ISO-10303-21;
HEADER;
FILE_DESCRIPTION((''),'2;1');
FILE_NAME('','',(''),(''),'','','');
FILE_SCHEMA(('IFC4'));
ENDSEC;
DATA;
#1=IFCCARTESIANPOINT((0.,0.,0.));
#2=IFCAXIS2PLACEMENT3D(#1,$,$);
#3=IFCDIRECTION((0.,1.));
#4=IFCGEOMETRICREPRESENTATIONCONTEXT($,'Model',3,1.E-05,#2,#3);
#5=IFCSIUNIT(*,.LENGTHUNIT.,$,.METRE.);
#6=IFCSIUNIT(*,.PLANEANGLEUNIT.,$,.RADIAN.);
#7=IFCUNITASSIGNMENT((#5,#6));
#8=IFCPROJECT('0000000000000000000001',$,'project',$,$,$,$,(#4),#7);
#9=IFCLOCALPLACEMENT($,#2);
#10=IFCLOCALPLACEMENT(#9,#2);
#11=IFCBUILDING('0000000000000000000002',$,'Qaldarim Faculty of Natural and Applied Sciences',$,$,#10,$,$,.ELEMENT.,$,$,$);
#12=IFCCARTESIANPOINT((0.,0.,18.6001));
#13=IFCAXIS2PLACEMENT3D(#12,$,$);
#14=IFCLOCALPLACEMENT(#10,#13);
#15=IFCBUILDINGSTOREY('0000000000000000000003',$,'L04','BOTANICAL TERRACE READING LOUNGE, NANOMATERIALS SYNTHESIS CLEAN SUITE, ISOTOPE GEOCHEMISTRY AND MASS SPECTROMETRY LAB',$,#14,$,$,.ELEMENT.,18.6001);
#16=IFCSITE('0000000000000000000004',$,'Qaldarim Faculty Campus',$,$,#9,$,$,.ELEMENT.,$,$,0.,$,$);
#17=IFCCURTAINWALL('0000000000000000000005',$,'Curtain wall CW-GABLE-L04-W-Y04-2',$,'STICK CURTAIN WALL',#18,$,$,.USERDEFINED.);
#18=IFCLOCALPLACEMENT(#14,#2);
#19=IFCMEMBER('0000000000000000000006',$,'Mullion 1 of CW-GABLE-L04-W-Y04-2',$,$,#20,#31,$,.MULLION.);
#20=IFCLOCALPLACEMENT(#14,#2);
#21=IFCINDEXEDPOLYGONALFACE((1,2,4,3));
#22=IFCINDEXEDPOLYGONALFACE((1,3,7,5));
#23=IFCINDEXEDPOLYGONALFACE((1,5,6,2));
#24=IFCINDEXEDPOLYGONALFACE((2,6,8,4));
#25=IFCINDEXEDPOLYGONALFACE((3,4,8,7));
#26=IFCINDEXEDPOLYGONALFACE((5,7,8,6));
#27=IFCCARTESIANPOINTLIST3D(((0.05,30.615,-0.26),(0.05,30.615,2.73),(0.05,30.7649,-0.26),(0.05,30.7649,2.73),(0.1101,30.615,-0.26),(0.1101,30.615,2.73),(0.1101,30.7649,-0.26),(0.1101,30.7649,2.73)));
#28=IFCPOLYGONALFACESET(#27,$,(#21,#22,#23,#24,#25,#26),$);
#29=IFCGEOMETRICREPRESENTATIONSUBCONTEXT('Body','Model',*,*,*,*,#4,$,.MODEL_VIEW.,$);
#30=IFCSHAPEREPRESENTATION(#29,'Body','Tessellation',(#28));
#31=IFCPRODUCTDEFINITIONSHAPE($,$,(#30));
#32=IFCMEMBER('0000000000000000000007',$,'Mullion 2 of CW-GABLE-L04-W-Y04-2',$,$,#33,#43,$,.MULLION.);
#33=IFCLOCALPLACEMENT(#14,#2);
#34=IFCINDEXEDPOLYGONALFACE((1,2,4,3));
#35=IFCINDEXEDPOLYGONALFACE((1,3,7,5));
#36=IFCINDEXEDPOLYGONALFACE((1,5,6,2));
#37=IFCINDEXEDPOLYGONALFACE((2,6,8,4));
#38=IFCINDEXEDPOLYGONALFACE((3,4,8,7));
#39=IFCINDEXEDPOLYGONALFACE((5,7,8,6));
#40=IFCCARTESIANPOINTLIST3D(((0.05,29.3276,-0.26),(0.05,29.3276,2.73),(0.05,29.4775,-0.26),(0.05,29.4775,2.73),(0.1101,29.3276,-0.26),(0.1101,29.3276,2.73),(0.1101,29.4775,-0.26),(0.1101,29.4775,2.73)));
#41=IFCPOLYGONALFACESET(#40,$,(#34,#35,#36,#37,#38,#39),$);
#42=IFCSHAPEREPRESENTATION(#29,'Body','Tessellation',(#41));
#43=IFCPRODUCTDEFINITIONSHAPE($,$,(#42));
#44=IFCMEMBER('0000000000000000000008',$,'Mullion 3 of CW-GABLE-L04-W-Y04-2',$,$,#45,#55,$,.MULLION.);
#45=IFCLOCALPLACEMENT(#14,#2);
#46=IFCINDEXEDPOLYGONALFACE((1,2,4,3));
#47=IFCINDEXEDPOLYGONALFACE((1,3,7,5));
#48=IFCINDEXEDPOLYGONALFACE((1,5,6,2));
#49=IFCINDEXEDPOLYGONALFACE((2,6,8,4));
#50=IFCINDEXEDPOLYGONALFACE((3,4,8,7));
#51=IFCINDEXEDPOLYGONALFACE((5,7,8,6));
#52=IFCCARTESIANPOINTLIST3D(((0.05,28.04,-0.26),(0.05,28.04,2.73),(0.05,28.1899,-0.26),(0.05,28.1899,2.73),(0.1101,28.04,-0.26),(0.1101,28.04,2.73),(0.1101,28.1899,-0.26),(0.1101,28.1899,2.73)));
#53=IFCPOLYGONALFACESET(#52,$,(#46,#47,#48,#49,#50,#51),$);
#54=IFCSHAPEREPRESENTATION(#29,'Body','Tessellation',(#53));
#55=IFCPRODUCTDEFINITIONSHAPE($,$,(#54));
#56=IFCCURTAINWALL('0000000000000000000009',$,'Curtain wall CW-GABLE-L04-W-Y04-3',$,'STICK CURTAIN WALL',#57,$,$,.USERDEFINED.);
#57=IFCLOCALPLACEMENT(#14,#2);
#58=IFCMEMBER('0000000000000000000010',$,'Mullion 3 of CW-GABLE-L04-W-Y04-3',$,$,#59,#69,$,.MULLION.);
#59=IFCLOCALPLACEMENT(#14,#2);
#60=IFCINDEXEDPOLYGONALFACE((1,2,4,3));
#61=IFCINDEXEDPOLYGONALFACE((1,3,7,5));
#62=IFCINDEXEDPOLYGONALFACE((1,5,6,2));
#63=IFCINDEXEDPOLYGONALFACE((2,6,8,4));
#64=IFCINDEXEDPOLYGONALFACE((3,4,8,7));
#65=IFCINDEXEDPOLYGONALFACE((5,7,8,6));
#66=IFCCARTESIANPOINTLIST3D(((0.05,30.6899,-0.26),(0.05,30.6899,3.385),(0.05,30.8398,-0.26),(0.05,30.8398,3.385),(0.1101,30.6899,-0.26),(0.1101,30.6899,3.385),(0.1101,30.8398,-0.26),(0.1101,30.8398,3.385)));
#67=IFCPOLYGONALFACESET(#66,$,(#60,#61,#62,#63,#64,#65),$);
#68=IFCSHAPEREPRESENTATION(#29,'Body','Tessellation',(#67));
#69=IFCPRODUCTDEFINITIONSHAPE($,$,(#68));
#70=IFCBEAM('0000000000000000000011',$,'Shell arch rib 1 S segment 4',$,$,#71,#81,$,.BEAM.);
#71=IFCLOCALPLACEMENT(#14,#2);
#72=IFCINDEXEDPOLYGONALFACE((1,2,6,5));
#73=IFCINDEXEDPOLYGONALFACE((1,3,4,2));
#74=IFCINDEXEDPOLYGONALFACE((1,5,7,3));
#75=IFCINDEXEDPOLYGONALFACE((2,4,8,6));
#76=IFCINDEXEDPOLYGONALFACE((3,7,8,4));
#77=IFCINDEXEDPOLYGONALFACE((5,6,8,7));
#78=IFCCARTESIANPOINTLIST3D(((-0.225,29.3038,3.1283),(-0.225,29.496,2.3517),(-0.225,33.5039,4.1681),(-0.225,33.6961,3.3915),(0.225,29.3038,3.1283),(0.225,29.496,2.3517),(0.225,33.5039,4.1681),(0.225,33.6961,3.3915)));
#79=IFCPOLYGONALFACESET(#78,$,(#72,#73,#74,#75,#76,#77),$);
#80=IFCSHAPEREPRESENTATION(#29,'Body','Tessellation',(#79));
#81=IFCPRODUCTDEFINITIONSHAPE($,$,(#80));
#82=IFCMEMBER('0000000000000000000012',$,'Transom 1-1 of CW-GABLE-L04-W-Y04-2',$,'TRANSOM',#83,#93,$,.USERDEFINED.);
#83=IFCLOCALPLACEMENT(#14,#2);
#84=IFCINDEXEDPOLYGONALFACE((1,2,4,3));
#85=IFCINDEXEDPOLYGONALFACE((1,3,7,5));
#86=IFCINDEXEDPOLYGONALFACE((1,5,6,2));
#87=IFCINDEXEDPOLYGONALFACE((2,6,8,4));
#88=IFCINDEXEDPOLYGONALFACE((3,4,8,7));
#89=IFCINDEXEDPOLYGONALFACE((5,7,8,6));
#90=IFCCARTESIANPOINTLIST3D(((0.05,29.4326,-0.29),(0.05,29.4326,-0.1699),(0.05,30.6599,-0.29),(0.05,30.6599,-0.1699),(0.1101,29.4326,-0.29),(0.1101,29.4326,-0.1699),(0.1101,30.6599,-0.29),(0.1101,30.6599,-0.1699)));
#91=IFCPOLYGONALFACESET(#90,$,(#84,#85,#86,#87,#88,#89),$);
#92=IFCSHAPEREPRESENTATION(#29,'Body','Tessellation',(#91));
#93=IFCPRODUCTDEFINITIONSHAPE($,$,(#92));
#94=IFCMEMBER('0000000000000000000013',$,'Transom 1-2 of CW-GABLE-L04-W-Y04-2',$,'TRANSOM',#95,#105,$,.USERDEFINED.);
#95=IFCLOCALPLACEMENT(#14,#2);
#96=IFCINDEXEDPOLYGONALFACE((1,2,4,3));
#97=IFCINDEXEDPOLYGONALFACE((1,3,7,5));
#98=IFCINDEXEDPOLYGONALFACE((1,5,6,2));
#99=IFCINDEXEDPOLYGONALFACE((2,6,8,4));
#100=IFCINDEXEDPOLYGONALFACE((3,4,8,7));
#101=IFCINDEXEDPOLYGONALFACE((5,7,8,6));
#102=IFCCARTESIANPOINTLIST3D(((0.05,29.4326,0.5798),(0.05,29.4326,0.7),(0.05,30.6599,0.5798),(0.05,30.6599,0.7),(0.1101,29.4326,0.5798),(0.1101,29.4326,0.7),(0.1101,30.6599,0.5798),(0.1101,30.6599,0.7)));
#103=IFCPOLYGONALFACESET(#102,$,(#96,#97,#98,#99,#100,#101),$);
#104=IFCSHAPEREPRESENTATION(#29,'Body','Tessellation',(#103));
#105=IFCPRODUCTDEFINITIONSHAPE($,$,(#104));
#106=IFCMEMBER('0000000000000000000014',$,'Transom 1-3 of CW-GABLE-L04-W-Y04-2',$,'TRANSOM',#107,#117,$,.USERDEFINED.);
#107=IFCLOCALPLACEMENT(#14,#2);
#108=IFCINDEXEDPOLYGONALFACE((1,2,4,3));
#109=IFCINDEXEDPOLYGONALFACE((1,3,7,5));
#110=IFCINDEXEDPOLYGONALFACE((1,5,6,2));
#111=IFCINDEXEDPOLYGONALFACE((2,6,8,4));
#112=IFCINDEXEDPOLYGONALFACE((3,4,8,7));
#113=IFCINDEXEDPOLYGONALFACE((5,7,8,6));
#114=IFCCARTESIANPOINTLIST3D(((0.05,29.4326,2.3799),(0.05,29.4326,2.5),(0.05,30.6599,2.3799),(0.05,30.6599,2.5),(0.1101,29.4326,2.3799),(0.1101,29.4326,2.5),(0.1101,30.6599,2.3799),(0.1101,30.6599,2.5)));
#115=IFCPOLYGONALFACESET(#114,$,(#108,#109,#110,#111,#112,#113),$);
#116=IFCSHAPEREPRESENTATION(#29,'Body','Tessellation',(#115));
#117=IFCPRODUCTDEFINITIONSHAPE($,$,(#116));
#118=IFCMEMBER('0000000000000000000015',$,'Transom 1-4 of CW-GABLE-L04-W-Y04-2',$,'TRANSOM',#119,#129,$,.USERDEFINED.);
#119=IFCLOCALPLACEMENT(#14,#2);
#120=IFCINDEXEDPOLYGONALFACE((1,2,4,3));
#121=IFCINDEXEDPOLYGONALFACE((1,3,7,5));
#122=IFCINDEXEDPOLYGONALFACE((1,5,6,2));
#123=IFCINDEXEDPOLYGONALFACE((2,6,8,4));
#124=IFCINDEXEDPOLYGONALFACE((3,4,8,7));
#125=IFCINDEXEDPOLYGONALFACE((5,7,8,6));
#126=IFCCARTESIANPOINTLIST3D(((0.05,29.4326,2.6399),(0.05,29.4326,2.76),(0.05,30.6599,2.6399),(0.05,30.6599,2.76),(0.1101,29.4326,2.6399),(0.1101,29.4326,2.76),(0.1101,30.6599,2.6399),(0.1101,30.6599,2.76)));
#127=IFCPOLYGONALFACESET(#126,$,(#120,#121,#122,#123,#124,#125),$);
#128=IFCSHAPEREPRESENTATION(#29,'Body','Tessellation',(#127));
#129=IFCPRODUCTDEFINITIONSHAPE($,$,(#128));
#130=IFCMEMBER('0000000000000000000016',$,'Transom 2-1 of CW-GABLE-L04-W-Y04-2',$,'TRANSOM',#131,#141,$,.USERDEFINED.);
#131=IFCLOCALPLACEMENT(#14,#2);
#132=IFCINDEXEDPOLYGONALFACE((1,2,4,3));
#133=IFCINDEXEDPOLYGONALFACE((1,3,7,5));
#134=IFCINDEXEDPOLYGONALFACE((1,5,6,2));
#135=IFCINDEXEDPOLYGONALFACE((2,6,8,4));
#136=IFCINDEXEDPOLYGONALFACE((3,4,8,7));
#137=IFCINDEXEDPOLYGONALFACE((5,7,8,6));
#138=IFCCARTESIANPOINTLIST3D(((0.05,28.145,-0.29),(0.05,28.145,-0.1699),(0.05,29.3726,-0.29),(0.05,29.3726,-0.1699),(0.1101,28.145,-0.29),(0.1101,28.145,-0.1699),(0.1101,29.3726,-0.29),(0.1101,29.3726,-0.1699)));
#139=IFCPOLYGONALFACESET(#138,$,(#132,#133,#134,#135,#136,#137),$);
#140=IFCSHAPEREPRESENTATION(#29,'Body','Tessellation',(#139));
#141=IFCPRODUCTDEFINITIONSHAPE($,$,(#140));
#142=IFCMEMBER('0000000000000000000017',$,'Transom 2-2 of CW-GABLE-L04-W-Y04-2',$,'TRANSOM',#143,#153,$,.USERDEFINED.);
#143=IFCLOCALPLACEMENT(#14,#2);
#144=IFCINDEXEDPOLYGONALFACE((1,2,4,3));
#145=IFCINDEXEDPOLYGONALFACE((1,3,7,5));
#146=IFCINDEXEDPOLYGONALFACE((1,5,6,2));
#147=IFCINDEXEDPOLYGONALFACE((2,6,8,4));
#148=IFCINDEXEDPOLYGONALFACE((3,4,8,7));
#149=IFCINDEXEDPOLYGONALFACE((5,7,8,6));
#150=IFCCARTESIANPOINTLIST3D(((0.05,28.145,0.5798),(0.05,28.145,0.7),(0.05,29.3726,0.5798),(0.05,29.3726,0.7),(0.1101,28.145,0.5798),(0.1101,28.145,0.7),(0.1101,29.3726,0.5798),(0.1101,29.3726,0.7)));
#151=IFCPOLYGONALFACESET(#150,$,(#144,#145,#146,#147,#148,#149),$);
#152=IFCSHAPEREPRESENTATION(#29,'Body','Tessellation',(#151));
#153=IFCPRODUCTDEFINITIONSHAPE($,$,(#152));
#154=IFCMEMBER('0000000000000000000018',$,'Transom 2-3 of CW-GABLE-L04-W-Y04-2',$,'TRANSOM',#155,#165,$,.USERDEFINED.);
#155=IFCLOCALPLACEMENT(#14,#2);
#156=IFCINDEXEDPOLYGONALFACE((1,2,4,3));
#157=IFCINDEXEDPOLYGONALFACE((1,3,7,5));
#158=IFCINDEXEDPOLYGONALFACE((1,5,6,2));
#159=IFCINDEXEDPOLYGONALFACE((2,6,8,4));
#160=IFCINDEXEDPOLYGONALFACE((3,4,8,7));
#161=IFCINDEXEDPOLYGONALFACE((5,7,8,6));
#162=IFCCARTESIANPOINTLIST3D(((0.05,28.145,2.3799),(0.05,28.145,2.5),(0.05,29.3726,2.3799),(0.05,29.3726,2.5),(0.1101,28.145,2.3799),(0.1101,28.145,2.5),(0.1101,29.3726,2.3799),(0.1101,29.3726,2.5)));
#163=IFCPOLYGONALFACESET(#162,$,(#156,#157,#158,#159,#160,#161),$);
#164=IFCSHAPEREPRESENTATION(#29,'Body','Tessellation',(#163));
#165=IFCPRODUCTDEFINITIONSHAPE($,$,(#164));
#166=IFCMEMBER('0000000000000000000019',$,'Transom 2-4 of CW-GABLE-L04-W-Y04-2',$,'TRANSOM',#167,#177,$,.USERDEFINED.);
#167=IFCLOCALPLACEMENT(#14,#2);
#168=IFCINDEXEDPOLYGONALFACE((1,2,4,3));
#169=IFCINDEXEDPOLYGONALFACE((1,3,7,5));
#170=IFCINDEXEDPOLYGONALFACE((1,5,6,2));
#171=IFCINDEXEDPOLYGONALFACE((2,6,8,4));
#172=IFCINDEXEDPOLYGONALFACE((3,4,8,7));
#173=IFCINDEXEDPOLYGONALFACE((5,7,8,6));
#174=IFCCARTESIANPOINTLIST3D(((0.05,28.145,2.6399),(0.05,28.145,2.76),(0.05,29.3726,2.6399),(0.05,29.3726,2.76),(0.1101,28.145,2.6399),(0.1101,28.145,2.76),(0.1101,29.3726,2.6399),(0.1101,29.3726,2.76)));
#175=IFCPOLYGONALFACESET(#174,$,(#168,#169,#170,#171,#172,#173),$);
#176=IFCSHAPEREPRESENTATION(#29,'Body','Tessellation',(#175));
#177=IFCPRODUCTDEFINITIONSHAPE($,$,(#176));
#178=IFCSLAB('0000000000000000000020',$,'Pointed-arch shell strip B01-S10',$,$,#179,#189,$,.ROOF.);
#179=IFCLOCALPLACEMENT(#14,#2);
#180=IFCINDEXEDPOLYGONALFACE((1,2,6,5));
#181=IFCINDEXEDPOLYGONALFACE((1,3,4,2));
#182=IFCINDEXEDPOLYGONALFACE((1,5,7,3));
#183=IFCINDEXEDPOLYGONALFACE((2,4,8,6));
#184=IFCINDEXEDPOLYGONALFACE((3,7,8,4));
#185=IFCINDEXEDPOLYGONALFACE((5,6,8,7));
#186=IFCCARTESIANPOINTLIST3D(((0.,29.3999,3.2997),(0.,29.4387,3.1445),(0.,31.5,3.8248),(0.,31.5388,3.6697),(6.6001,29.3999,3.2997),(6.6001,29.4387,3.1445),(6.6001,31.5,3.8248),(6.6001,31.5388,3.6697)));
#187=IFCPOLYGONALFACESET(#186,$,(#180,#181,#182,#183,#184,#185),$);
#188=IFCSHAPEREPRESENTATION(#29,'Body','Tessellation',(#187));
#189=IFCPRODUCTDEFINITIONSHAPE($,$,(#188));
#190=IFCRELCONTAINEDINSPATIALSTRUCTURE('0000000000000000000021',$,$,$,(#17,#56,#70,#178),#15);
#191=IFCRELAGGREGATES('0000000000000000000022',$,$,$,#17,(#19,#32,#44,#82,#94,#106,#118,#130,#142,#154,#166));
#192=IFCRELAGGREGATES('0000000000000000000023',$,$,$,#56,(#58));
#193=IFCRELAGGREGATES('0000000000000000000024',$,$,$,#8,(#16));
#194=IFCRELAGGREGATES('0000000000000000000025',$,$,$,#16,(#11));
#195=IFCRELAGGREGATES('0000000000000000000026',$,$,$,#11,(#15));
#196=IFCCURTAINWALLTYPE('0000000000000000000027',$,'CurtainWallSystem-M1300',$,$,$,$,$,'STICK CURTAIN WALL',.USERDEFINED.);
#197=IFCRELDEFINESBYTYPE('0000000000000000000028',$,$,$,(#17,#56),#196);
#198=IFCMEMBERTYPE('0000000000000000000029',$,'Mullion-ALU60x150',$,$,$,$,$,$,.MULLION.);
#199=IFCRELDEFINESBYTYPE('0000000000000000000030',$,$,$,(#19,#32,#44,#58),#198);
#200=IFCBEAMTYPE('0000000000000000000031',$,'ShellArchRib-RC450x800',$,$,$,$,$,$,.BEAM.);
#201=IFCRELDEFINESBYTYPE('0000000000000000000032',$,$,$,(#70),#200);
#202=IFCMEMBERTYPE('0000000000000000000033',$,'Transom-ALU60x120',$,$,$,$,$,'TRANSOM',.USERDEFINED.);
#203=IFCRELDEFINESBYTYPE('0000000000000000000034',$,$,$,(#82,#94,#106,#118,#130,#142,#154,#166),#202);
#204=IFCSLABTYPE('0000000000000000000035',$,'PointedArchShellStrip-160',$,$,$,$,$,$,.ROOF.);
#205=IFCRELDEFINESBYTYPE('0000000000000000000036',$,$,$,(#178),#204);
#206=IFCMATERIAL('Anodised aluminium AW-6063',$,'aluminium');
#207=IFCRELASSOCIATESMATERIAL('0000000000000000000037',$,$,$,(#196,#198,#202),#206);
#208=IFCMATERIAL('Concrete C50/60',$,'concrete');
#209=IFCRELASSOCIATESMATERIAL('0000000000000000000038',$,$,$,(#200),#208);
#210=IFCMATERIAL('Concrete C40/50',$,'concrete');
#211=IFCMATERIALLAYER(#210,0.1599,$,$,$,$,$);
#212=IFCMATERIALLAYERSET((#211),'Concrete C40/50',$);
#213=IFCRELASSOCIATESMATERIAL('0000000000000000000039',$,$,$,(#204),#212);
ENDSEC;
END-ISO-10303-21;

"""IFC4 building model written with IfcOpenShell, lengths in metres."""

from ifc_helpers import new_model, si_unit, direction, frame, origin, origin_2d, place, context, subcontext, project, spatial, polyline, rectangle, outline, extrude, material, layer, layer_set, material_profile, profile_set, type_object, element, aggregate, save


model = new_model("IFC4")

# Units and contexts
model_context = context("Model", 3, precision=1e-05, world=origin(), true_north=direction((0.0, 1.0)))
body_context = subcontext(model_context, "Body", "Model", "MODEL_VIEW")
ifc_project = project(units=[si_unit("LENGTHUNIT", "METRE"), si_unit("PLANEANGLEUNIT", "RADIAN")], contexts=[model_context])

# Site, building, storey
site_placement = place(None, origin())
site = spatial("IfcSite", under=ifc_project, at=site_placement, Name="Qaldarim Faculty Campus", CompositionType="ELEMENT", RefElevation=0.0)
building_placement = place(site_placement, origin())
building = spatial("IfcBuilding", under=site, at=building_placement, Name="Qaldarim Faculty of Natural and Applied Sciences", CompositionType="ELEMENT")
storey_placement = place(building_placement, frame((0.0, 0.0, 18.6001)))
storey = spatial("IfcBuildingStorey", under=building, at=storey_placement, Name="L04", Description="BOTANICAL TERRACE READING LOUNGE, NANOMATERIALS SYNTHESIS CLEAN SUITE, ISOTOPE GEOCHEMISTRY AND MASS SPECTROMETRY LAB", CompositionType="ELEMENT", Elevation=18.6001)

# Curtain wall, members
ifc_material_1 = material(Name="Anodised aluminium AW-6063", Category="aluminium")
curtain_wall_type = type_object("IfcCurtainWallType", Name="CurtainWallSystem-M1300", ElementType="STICK CURTAIN WALL", PredefinedType="USERDEFINED", material=ifc_material_1)
curtain_wall_1_placement = place(storey_placement, origin())
curtain_wall_1 = element("IfcCurtainWall", 1, at=curtain_wall_1_placement, inside=storey, type_object=curtain_wall_type, Name="Curtain wall CW-GABLE-L04-W-Y04-2", ObjectType="STICK CURTAIN WALL", PredefinedType="USERDEFINED")
ifc_material_profile_1 = material_profile(ifc_material_1, rectangle(XDim=0.0601, YDim=0.1499, at=origin_2d()), Name="ALU-M60x150")
ifc_profile_set_1 = profile_set([ifc_material_profile_1], Name="Anodised aluminium AW-6063")
member_type_1 = type_object("IfcMemberType", Name="Mullion-ALU60x150", PredefinedType="MULLION", material=ifc_profile_set_1)
member_1_placement = place(storey_placement, frame((0.0801, 30.6899, -0.26), z_axis=(0.0, 0.0, 1.0), x_axis=(1.0, 0.0, 0.0)))
member_1 = element("IfcMember", 2, at=member_1_placement, type_object=member_type_1, Name="Mullion 1 of CW-GABLE-L04-W-Y04-2", PredefinedType="MULLION", context=body_context, shape_type="SweptSolid", body=[
    extrude(rectangle(XDim=0.0601, YDim=0.1499, at=origin_2d()), origin(), (0.0, 0.0, 1.0), 2.99),
])
member_2_placement = place(storey_placement, frame((0.0801, 29.4026, -0.26), z_axis=(0.0, 0.0, 1.0), x_axis=(1.0, 0.0, 0.0)))
member_2 = element("IfcMember", 3, at=member_2_placement, type_object=member_type_1, Name="Mullion 2 of CW-GABLE-L04-W-Y04-2", PredefinedType="MULLION", context=body_context, shape_type="SweptSolid", body=[
    extrude(rectangle(XDim=0.0601, YDim=0.1499, at=origin_2d()), origin(), (0.0, 0.0, 1.0), 2.99),
])
member_3_placement = place(storey_placement, frame((0.0801, 28.115, -0.26), z_axis=(0.0, 0.0, 1.0), x_axis=(1.0, 0.0, 0.0)))
member_3 = element("IfcMember", 4, at=member_3_placement, type_object=member_type_1, Name="Mullion 3 of CW-GABLE-L04-W-Y04-2", PredefinedType="MULLION", context=body_context, shape_type="SweptSolid", body=[
    extrude(rectangle(XDim=0.0601, YDim=0.1499, at=origin_2d()), origin(), (0.0, 0.0, 1.0), 2.99),
])

# Curtain wall, member
curtain_wall_2_placement = place(storey_placement, origin())
curtain_wall_2 = element("IfcCurtainWall", 5, at=curtain_wall_2_placement, inside=storey, type_object=curtain_wall_type, Name="Curtain wall CW-GABLE-L04-W-Y04-3", ObjectType="STICK CURTAIN WALL", PredefinedType="USERDEFINED")
member_4_placement = place(storey_placement, frame((0.0801, 30.7649, -0.26), z_axis=(0.0, 0.0, 1.0), x_axis=(1.0, 0.0, 0.0)))
member_4 = element("IfcMember", 6, at=member_4_placement, type_object=member_type_1, Name="Mullion 3 of CW-GABLE-L04-W-Y04-3", PredefinedType="MULLION", context=body_context, shape_type="SweptSolid", body=[
    extrude(rectangle(XDim=0.0601, YDim=0.1499, at=origin_2d()), origin(), (0.0, 0.0, 1.0), 3.645),
])

# Beam
ifc_material_2 = material(Name="Concrete C50/60", Category="concrete")
ifc_material_profile_2 = material_profile(ifc_material_2, rectangle(XDim=0.45, YDim=0.8, at=origin_2d()), Name="RC-RIB450x800")
ifc_profile_set_2 = profile_set([ifc_material_profile_2], Name="Concrete C50/60")
beam_type = type_object("IfcBeamType", Name="ShellArchRib-RC450x800", PredefinedType="BEAM", material=ifc_profile_set_2)
beam_placement = place(storey_placement, frame((0.0, 29.3999, 2.74), z_axis=(0.0, 0.970698, 0.240305), x_axis=(-1.0, 0.0, 0.0)))
element("IfcBeam", 7, at=beam_placement, inside=storey, type_object=beam_type, Name="Shell arch rib 1 S segment 4", PredefinedType="BEAM", context=body_context, shape_type="SweptSolid", body=[
    extrude(rectangle(XDim=0.45, YDim=0.8, at=origin_2d()), origin(), (0.0, 0.0, 1.0), 4.3269),
])

# Members
ifc_material_profile_3 = material_profile(ifc_material_1, rectangle(XDim=0.0601, YDim=0.1201, at=origin_2d()), Name="ALU-T60x120")
ifc_profile_set_3 = profile_set([ifc_material_profile_3], Name="Anodised aluminium AW-6063")
member_type_2 = type_object("IfcMemberType", Name="Transom-ALU60x120", ElementType="TRANSOM", PredefinedType="USERDEFINED", material=ifc_profile_set_3)
member_5_placement = place(storey_placement, frame((0.0801, 30.6599, -0.23), z_axis=(0.0, -1.0, 0.0), x_axis=(1.0, 0.0, 0.0)))
member_5 = element("IfcMember", 8, at=member_5_placement, type_object=member_type_2, Name="Transom 1-1 of CW-GABLE-L04-W-Y04-2", ObjectType="TRANSOM", PredefinedType="USERDEFINED", context=body_context, shape_type="SweptSolid", body=[
    extrude(rectangle(XDim=0.0601, YDim=0.1201, at=origin_2d()), origin(), (0.0, 0.0, 1.0), 1.2273),
])
member_6_placement = place(storey_placement, frame((0.0801, 30.6599, 0.6399), z_axis=(0.0, -1.0, 0.0), x_axis=(1.0, 0.0, 0.0)))
member_6 = element("IfcMember", 9, at=member_6_placement, type_object=member_type_2, Name="Transom 1-2 of CW-GABLE-L04-W-Y04-2", ObjectType="TRANSOM", PredefinedType="USERDEFINED", context=body_context, shape_type="SweptSolid", body=[
    extrude(rectangle(XDim=0.0601, YDim=0.1201, at=origin_2d()), origin(), (0.0, 0.0, 1.0), 1.2273),
])
member_7_placement = place(storey_placement, frame((0.0801, 30.6599, 2.4399), z_axis=(0.0, -1.0, 0.0), x_axis=(1.0, 0.0, 0.0)))
member_7 = element("IfcMember", 10, at=member_7_placement, type_object=member_type_2, Name="Transom 1-3 of CW-GABLE-L04-W-Y04-2", ObjectType="TRANSOM", PredefinedType="USERDEFINED", context=body_context, shape_type="SweptSolid", body=[
    extrude(rectangle(XDim=0.0601, YDim=0.1201, at=origin_2d()), origin(), (0.0, 0.0, 1.0), 1.2273),
])
member_8_placement = place(storey_placement, frame((0.0801, 30.6599, 2.7), z_axis=(0.0, -1.0, 0.0), x_axis=(1.0, 0.0, 0.0)))
member_8 = element("IfcMember", 11, at=member_8_placement, type_object=member_type_2, Name="Transom 1-4 of CW-GABLE-L04-W-Y04-2", ObjectType="TRANSOM", PredefinedType="USERDEFINED", context=body_context, shape_type="SweptSolid", body=[
    extrude(rectangle(XDim=0.0601, YDim=0.1201, at=origin_2d()), origin(), (0.0, 0.0, 1.0), 1.2273),
])
member_9_placement = place(storey_placement, frame((0.0801, 29.3726, -0.23), z_axis=(0.0, -1.0, 0.0), x_axis=(1.0, 0.0, 0.0)))
member_9 = element("IfcMember", 12, at=member_9_placement, type_object=member_type_2, Name="Transom 2-1 of CW-GABLE-L04-W-Y04-2", ObjectType="TRANSOM", PredefinedType="USERDEFINED", context=body_context, shape_type="SweptSolid", body=[
    extrude(rectangle(XDim=0.0601, YDim=0.1201, at=origin_2d()), origin(), (0.0, 0.0, 1.0), 1.2275),
])
member_10_placement = place(storey_placement, frame((0.0801, 29.3726, 0.6399), z_axis=(0.0, -1.0, 0.0), x_axis=(1.0, 0.0, 0.0)))
member_10 = element("IfcMember", 13, at=member_10_placement, type_object=member_type_2, Name="Transom 2-2 of CW-GABLE-L04-W-Y04-2", ObjectType="TRANSOM", PredefinedType="USERDEFINED", context=body_context, shape_type="SweptSolid", body=[
    extrude(rectangle(XDim=0.0601, YDim=0.1201, at=origin_2d()), origin(), (0.0, 0.0, 1.0), 1.2275),
])
member_11_placement = place(storey_placement, frame((0.0801, 29.3726, 2.4399), z_axis=(0.0, -1.0, 0.0), x_axis=(1.0, 0.0, 0.0)))
member_11 = element("IfcMember", 14, at=member_11_placement, type_object=member_type_2, Name="Transom 2-3 of CW-GABLE-L04-W-Y04-2", ObjectType="TRANSOM", PredefinedType="USERDEFINED", context=body_context, shape_type="SweptSolid", body=[
    extrude(rectangle(XDim=0.0601, YDim=0.1201, at=origin_2d()), origin(), (0.0, 0.0, 1.0), 1.2275),
])
member_12_placement = place(storey_placement, frame((0.0801, 29.3726, 2.7), z_axis=(0.0, -1.0, 0.0), x_axis=(1.0, 0.0, 0.0)))
member_12 = element("IfcMember", 15, at=member_12_placement, type_object=member_type_2, Name="Transom 2-4 of CW-GABLE-L04-W-Y04-2", ObjectType="TRANSOM", PredefinedType="USERDEFINED", context=body_context, shape_type="SweptSolid", body=[
    extrude(rectangle(XDim=0.0601, YDim=0.1201, at=origin_2d()), origin(), (0.0, 0.0, 1.0), 1.2275),
])

# Slab
ifc_material_3 = material(Name="Concrete C40/50", Category="concrete")
ifc_layer_1 = layer(ifc_material_3, 0.1599)
ifc_layer_set_1 = layer_set([ifc_layer_1], Name="Concrete C40/50")
slab_type = type_object("IfcSlabType", Name="PointedArchShellStrip-160", PredefinedType="ROOF", material=ifc_layer_set_1)
slab_placement = place(storey_placement, frame((0.0, 29.4387, 3.1445), z_axis=(0.0, -0.242589, 0.970129), x_axis=(1.0, 0.0, 0.0)))
element("IfcSlab", 16, at=slab_placement, inside=storey, type_object=slab_type, Name="Pointed-arch shell strip B01-S10", PredefinedType="ROOF", context=body_context, shape_type="SweptSolid", body=[
    extrude(outline(polyline([(0.0, 0.0), (6.6001, 0.0), (6.6001, 2.1648), (0.0, 2.1648), (0.0, 0.0)])), origin(), (0.0, 0.0, 1.0), 0.1599),
])

aggregate(curtain_wall_1, [member_1, member_2, member_3, member_5, member_6, member_7, member_8, member_9, member_10, member_11, member_12])
aggregate(curtain_wall_2, [member_4])

save(model, "model.ifc")
